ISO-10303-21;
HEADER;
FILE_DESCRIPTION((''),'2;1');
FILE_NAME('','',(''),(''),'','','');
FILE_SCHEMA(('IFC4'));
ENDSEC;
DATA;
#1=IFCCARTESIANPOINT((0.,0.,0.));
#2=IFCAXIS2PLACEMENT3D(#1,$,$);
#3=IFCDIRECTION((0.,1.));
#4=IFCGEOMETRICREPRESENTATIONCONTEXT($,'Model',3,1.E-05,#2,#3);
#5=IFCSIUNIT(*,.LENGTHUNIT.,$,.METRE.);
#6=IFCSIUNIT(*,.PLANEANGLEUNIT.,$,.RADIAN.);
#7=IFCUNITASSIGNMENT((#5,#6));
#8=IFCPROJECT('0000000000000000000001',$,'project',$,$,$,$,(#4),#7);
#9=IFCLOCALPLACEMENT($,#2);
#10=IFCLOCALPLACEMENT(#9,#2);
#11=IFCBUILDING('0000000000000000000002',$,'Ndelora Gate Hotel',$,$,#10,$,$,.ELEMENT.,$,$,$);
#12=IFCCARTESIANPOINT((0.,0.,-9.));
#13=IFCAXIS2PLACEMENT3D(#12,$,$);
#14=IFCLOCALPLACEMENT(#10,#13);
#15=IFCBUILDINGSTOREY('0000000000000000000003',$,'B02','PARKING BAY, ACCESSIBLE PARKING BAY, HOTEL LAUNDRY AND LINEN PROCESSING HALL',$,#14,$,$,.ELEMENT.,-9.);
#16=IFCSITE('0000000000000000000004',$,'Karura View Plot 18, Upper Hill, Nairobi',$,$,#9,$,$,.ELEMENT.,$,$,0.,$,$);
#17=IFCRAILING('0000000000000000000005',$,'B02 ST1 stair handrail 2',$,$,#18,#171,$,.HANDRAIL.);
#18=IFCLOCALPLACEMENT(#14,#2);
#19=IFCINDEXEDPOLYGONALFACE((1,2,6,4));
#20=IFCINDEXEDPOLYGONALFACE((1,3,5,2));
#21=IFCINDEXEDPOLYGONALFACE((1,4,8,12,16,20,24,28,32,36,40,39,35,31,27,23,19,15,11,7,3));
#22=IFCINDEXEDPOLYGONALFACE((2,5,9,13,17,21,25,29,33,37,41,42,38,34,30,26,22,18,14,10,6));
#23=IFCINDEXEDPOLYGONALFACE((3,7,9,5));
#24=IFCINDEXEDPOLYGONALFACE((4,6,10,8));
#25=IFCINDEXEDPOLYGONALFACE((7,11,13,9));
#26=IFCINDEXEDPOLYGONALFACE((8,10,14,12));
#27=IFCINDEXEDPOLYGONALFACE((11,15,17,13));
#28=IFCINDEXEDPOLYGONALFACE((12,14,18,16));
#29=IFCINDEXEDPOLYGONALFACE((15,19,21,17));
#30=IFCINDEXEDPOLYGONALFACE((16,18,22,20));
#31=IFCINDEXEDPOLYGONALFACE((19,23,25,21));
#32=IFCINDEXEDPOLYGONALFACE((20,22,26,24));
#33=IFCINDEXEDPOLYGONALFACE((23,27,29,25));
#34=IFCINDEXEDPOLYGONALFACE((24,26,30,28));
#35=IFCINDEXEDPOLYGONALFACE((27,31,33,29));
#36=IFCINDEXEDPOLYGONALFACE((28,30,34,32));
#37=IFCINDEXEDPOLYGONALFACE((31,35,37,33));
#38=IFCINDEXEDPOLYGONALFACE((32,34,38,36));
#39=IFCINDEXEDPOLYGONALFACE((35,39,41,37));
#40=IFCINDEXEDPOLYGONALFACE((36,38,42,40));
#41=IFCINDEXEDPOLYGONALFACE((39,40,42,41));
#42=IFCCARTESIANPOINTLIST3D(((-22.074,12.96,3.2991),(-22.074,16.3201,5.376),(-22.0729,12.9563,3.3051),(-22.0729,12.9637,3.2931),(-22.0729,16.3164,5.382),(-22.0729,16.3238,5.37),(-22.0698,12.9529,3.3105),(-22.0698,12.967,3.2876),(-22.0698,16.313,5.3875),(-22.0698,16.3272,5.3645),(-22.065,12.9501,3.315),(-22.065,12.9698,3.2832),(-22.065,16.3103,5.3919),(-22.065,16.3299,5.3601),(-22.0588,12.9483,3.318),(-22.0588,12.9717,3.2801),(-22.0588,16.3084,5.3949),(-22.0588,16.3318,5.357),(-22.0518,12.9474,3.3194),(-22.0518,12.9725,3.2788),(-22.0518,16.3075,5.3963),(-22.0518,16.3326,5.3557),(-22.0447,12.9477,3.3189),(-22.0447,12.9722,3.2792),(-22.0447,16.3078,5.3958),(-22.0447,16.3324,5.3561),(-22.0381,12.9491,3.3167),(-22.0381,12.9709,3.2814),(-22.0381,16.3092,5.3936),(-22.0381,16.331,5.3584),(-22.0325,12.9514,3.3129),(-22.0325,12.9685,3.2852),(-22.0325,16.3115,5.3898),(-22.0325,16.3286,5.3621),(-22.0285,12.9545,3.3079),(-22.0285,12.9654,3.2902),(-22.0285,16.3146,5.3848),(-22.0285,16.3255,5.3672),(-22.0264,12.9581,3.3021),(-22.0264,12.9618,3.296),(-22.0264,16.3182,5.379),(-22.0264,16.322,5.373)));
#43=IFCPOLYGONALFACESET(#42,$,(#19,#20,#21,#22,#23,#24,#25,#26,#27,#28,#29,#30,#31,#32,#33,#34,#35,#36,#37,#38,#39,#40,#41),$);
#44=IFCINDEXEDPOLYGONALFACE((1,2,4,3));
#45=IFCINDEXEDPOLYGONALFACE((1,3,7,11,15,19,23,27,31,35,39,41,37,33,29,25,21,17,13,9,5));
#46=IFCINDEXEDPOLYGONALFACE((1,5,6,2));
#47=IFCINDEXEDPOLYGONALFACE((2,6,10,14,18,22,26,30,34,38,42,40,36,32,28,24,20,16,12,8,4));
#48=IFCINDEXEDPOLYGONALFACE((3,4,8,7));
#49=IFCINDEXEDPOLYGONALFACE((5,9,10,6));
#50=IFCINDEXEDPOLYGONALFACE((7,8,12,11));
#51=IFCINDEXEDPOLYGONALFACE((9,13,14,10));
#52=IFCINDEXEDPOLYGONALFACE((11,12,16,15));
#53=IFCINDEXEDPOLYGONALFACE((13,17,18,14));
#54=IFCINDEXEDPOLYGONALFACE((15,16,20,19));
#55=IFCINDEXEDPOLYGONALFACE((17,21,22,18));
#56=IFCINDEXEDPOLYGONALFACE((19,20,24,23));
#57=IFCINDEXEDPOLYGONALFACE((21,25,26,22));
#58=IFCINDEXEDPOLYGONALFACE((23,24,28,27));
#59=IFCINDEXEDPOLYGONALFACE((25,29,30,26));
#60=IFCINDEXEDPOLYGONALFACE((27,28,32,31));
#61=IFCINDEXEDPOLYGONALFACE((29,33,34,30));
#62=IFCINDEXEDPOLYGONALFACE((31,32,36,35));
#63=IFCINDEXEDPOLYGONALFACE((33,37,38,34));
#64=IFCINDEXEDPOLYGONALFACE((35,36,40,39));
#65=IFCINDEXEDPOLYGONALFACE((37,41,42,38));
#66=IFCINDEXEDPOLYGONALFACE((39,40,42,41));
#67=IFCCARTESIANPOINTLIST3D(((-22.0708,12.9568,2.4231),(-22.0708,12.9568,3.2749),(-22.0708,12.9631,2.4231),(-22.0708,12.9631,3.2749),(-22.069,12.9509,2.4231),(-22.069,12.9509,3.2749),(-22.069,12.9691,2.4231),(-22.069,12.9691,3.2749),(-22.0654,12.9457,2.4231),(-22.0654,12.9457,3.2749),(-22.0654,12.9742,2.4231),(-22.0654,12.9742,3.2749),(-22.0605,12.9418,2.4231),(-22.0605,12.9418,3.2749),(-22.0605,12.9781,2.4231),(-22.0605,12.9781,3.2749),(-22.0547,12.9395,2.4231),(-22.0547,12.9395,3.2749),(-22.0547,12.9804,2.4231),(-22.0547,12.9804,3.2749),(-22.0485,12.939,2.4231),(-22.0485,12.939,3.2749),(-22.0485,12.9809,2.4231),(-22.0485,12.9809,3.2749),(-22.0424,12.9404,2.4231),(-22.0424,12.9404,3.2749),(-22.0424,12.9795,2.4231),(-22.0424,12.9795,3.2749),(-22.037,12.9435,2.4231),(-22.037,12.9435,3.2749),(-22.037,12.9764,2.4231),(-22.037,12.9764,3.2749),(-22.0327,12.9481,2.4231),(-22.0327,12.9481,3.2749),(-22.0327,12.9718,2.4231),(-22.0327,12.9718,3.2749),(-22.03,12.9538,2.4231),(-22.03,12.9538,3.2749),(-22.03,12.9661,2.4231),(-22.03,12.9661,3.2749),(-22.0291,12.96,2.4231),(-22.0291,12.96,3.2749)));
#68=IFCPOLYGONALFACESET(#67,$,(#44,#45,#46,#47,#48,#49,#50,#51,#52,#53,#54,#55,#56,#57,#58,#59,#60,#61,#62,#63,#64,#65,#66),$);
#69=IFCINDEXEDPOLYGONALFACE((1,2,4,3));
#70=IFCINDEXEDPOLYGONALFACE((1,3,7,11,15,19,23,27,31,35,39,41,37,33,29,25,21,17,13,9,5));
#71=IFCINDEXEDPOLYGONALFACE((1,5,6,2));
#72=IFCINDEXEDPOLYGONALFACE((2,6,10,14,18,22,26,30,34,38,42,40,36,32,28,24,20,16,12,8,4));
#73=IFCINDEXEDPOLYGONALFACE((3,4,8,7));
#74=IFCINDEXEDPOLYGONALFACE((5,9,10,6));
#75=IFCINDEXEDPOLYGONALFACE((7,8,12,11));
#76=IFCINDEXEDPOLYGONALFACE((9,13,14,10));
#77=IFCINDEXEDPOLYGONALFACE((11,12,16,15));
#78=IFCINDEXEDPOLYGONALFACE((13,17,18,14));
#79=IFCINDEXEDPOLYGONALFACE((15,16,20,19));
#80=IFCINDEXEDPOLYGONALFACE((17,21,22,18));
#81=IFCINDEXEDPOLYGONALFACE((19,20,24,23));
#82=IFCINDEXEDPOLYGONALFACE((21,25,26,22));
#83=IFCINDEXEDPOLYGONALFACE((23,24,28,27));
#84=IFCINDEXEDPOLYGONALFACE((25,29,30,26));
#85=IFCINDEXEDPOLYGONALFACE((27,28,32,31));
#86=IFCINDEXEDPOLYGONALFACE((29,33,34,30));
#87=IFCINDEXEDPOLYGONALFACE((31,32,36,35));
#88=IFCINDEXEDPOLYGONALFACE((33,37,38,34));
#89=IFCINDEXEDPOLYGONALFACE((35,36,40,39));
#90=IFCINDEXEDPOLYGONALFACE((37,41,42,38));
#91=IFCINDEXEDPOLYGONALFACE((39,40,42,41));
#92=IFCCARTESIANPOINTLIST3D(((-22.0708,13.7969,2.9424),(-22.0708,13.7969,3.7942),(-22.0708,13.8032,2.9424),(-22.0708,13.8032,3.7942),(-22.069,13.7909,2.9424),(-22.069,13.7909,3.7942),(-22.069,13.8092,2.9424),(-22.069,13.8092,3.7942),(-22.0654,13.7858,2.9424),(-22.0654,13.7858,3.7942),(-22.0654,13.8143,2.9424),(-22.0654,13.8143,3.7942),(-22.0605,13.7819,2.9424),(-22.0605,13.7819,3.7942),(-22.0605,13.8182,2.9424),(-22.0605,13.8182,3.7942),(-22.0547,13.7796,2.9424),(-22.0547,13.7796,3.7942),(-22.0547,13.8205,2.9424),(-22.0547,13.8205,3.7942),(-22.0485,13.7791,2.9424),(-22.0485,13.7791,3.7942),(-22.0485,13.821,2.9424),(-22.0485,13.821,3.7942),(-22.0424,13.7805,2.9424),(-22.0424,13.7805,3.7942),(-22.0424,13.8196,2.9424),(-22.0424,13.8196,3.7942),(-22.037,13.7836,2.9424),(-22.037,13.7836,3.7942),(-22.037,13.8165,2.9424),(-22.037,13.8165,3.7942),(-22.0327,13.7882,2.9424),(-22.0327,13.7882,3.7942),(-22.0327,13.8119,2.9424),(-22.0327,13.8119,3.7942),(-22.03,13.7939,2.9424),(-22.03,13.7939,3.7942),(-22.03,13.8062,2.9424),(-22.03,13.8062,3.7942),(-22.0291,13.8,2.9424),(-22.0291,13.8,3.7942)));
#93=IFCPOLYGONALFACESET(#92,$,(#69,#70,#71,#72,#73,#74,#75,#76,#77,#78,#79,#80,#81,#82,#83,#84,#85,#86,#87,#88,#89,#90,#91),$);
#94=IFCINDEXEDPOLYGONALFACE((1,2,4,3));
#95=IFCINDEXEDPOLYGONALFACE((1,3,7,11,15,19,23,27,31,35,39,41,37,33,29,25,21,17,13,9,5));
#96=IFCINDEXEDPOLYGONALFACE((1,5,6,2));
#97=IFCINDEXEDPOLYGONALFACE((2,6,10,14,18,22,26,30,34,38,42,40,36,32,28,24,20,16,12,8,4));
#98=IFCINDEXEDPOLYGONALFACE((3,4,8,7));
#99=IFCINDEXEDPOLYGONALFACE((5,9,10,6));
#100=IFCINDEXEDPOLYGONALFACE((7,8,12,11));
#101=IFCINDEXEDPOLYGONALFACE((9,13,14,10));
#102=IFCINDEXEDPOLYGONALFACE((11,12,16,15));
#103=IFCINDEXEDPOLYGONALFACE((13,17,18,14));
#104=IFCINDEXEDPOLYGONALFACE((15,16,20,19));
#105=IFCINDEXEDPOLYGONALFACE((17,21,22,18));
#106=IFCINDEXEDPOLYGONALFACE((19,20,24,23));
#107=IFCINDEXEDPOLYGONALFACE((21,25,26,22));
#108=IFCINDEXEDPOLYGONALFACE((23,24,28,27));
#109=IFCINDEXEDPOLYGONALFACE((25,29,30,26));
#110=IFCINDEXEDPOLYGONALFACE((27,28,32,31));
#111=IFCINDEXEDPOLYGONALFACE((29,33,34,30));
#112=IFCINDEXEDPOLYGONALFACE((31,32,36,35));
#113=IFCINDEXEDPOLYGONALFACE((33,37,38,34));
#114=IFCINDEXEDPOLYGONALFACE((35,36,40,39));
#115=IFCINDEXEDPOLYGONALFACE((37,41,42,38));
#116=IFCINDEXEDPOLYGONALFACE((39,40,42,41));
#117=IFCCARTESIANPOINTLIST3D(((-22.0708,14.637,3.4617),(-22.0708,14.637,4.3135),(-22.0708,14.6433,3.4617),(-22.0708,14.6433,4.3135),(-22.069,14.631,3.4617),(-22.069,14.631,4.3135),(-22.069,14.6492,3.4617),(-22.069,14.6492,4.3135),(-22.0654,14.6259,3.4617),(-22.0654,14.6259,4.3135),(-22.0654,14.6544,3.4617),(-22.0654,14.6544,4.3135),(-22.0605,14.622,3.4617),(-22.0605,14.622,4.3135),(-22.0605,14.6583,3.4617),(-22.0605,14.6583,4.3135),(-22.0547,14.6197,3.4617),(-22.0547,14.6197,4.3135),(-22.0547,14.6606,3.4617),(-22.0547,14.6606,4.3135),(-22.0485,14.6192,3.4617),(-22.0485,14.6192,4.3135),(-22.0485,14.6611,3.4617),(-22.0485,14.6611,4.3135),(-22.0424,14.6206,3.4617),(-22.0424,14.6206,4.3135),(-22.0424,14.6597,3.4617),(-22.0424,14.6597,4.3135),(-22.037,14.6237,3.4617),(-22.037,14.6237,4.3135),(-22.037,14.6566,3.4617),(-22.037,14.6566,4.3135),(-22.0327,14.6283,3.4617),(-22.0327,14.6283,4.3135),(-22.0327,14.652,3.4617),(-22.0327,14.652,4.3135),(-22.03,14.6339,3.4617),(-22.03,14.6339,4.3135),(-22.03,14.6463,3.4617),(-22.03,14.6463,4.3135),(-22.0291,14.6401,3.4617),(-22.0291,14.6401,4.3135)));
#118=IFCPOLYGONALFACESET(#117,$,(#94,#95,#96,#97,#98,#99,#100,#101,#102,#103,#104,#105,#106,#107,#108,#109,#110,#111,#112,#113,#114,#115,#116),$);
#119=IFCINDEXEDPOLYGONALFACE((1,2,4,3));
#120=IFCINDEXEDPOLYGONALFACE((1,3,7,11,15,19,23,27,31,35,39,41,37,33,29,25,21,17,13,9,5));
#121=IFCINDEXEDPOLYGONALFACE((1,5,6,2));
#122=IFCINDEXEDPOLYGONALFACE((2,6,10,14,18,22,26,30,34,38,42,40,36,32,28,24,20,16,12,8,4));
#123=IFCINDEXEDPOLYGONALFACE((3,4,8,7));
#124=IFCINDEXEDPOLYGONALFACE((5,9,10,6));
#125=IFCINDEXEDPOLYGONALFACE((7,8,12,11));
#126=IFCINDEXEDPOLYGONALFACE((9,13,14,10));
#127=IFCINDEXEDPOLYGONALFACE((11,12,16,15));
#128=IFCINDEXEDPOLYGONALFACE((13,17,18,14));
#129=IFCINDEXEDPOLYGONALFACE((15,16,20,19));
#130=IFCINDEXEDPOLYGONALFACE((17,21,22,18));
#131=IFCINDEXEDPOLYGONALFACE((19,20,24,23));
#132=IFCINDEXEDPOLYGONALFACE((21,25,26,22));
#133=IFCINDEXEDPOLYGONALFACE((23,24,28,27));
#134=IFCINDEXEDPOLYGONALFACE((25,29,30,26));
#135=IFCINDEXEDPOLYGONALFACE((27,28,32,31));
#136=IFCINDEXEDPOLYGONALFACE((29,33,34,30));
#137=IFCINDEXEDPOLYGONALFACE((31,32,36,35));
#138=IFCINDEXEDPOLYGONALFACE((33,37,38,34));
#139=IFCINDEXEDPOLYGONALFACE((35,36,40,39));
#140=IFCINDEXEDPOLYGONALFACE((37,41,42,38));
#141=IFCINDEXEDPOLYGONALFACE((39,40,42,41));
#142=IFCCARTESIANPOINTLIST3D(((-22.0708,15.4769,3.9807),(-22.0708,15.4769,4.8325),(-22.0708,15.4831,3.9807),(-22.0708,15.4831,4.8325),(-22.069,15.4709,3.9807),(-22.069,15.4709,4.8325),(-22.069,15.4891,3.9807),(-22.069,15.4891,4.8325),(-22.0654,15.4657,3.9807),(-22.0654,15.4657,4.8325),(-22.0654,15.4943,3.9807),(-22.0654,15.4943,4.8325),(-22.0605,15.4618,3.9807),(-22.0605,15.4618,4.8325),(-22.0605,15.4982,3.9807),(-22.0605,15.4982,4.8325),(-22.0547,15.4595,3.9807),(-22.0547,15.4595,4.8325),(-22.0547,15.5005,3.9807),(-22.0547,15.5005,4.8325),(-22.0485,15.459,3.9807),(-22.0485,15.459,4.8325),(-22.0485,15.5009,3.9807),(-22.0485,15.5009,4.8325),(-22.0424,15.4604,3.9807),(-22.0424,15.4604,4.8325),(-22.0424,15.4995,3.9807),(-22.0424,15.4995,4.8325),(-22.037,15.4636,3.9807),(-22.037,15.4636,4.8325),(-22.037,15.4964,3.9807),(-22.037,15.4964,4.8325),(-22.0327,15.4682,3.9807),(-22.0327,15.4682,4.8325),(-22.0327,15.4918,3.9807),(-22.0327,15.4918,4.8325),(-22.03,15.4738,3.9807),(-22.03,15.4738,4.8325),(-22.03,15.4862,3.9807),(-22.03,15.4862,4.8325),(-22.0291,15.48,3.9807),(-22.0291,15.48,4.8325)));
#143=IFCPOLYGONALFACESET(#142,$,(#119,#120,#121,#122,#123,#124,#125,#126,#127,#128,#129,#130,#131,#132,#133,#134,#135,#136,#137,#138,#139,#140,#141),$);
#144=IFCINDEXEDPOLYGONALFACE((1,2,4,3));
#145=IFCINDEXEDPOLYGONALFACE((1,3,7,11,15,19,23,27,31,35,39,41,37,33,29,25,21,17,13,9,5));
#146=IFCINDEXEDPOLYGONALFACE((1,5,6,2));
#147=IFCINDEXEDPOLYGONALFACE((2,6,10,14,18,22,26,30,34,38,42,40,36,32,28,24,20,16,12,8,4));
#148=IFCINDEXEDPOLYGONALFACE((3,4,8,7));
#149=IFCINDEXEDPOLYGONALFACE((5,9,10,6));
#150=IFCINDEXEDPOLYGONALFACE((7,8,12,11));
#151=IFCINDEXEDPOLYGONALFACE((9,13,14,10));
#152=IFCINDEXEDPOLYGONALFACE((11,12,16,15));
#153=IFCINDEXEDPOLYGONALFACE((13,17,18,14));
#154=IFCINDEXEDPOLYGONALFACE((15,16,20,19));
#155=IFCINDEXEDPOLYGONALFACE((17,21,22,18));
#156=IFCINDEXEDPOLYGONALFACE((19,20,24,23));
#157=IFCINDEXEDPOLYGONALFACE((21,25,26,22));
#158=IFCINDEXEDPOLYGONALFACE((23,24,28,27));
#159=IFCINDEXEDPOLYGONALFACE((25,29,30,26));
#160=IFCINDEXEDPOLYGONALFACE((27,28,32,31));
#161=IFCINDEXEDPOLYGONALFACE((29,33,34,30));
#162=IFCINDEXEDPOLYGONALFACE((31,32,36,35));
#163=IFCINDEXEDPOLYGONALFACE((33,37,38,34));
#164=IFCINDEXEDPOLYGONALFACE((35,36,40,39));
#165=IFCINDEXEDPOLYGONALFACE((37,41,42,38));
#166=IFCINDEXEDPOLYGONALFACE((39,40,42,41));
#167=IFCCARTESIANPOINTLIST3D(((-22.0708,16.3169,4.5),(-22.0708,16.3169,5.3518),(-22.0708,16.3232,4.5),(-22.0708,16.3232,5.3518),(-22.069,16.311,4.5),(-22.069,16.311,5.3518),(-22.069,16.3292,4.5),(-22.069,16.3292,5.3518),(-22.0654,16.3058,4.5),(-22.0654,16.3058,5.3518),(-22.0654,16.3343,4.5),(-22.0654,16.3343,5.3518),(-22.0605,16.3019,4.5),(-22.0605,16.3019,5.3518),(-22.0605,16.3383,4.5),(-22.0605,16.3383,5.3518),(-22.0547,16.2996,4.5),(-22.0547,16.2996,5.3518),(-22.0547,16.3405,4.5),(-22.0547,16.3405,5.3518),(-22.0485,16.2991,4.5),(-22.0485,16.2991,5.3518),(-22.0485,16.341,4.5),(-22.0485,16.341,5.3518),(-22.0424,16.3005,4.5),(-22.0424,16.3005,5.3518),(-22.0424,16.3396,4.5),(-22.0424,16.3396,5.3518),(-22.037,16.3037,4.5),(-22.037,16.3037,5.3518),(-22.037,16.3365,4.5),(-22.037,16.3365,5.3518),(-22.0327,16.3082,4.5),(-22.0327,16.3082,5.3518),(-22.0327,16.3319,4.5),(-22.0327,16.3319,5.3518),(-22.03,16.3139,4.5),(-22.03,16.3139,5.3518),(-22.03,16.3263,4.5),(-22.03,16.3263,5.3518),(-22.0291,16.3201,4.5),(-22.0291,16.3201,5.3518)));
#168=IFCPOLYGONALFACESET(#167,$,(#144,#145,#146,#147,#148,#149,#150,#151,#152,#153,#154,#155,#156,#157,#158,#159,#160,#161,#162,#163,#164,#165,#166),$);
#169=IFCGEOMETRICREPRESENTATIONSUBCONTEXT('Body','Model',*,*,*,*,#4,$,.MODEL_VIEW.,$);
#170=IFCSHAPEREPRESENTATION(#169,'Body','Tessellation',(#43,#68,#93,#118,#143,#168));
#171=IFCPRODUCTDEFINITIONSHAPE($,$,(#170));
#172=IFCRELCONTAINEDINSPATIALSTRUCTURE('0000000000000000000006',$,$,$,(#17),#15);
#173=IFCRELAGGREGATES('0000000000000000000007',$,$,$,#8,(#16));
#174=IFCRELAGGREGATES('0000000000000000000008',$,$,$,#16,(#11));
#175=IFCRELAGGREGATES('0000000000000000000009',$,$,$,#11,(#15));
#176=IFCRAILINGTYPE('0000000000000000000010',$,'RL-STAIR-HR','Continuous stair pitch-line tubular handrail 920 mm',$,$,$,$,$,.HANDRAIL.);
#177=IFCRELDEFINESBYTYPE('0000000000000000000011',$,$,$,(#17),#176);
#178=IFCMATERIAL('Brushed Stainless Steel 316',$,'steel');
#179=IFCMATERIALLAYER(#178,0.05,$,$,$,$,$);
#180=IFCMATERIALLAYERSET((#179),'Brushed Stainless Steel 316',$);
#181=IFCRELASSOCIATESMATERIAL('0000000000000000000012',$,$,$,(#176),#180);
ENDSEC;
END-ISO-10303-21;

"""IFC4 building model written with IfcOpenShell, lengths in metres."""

from ifc_helpers import new_model, si_unit, direction, frame, origin, origin_2d, place, context, subcontext, project, spatial, circle, extrude, material, layer, layer_set, type_object, element, save


model = new_model("IFC4")

# Units and contexts
model_context = context("Model", 3, precision=1e-05, world=origin(), true_north=direction((0.0, 1.0)))
body_context = subcontext(model_context, "Body", "Model", "MODEL_VIEW")
ifc_project = project(units=[si_unit("LENGTHUNIT", "METRE"), si_unit("PLANEANGLEUNIT", "RADIAN")], contexts=[model_context])

# Site, building, storey
site_placement = place(None, origin())
site = spatial("IfcSite", under=ifc_project, at=site_placement, Name="Karura View Plot 18, Upper Hill, Nairobi", CompositionType="ELEMENT", RefElevation=0.0)
building_placement = place(site_placement, origin())
building = spatial("IfcBuilding", under=site, at=building_placement, Name="Ndelora Gate Hotel", CompositionType="ELEMENT")
storey_placement = place(building_placement, frame((0.0, 0.0, -9.0)))
storey = spatial("IfcBuildingStorey", under=building, at=storey_placement, Name="B02", Description="PARKING BAY, ACCESSIBLE PARKING BAY, HOTEL LAUNDRY AND LINEN PROCESSING HALL", CompositionType="ELEMENT", Elevation=-9.0)

# Railing
ifc_material_1 = material(Name="Brushed Stainless Steel 316", Category="steel")
ifc_layer_1 = layer(ifc_material_1, 0.05)
ifc_layer_set_1 = layer_set([ifc_layer_1], Name="Brushed Stainless Steel 316")
railing_type_1 = type_object("IfcRailingType", Name="RL-STAIR-HR", Description="Continuous stair pitch-line tubular handrail 920 mm", PredefinedType="HANDRAIL", material=ifc_layer_set_1)
railing_1_placement = place(storey_placement, frame((-22.05, 12.96, 2.4231)))
element("IfcRailing", 1, at=railing_1_placement, inside=storey, type_object=railing_type_1, Name="B02 ST1 stair handrail 2", PredefinedType="HANDRAIL", context=body_context, shape_type="SweptSolid", body=[
    extrude(circle(Radius=0.0239, at=origin_2d()), frame((0.0, 0.0, 0.876), z_axis=(0.0, 0.850623, 0.525776), x_axis=(-1.0, 0.0, 0.0)), (0.0, 0.0, 1.0), 3.9502),
    extrude(circle(Radius=0.021, at=origin_2d()), origin(), (0.0, 0.0, 1.0), 0.8518),
    extrude(circle(Radius=0.021, at=origin_2d()), frame((0.0, 0.8401, 0.5193)), (0.0, 0.0, 1.0), 0.8518),
    extrude(circle(Radius=0.021, at=origin_2d()), frame((0.0, 1.6802, 1.0386)), (0.0, 0.0, 1.0), 0.8518),
    extrude(circle(Radius=0.021, at=origin_2d()), frame((0.0, 2.52, 1.5576)), (0.0, 0.0, 1.0), 0.8518),
    extrude(circle(Radius=0.021, at=origin_2d()), frame((0.0, 3.3601, 2.0769)), (0.0, 0.0, 1.0), 0.8518),
])

save(model, "model.ifc")
